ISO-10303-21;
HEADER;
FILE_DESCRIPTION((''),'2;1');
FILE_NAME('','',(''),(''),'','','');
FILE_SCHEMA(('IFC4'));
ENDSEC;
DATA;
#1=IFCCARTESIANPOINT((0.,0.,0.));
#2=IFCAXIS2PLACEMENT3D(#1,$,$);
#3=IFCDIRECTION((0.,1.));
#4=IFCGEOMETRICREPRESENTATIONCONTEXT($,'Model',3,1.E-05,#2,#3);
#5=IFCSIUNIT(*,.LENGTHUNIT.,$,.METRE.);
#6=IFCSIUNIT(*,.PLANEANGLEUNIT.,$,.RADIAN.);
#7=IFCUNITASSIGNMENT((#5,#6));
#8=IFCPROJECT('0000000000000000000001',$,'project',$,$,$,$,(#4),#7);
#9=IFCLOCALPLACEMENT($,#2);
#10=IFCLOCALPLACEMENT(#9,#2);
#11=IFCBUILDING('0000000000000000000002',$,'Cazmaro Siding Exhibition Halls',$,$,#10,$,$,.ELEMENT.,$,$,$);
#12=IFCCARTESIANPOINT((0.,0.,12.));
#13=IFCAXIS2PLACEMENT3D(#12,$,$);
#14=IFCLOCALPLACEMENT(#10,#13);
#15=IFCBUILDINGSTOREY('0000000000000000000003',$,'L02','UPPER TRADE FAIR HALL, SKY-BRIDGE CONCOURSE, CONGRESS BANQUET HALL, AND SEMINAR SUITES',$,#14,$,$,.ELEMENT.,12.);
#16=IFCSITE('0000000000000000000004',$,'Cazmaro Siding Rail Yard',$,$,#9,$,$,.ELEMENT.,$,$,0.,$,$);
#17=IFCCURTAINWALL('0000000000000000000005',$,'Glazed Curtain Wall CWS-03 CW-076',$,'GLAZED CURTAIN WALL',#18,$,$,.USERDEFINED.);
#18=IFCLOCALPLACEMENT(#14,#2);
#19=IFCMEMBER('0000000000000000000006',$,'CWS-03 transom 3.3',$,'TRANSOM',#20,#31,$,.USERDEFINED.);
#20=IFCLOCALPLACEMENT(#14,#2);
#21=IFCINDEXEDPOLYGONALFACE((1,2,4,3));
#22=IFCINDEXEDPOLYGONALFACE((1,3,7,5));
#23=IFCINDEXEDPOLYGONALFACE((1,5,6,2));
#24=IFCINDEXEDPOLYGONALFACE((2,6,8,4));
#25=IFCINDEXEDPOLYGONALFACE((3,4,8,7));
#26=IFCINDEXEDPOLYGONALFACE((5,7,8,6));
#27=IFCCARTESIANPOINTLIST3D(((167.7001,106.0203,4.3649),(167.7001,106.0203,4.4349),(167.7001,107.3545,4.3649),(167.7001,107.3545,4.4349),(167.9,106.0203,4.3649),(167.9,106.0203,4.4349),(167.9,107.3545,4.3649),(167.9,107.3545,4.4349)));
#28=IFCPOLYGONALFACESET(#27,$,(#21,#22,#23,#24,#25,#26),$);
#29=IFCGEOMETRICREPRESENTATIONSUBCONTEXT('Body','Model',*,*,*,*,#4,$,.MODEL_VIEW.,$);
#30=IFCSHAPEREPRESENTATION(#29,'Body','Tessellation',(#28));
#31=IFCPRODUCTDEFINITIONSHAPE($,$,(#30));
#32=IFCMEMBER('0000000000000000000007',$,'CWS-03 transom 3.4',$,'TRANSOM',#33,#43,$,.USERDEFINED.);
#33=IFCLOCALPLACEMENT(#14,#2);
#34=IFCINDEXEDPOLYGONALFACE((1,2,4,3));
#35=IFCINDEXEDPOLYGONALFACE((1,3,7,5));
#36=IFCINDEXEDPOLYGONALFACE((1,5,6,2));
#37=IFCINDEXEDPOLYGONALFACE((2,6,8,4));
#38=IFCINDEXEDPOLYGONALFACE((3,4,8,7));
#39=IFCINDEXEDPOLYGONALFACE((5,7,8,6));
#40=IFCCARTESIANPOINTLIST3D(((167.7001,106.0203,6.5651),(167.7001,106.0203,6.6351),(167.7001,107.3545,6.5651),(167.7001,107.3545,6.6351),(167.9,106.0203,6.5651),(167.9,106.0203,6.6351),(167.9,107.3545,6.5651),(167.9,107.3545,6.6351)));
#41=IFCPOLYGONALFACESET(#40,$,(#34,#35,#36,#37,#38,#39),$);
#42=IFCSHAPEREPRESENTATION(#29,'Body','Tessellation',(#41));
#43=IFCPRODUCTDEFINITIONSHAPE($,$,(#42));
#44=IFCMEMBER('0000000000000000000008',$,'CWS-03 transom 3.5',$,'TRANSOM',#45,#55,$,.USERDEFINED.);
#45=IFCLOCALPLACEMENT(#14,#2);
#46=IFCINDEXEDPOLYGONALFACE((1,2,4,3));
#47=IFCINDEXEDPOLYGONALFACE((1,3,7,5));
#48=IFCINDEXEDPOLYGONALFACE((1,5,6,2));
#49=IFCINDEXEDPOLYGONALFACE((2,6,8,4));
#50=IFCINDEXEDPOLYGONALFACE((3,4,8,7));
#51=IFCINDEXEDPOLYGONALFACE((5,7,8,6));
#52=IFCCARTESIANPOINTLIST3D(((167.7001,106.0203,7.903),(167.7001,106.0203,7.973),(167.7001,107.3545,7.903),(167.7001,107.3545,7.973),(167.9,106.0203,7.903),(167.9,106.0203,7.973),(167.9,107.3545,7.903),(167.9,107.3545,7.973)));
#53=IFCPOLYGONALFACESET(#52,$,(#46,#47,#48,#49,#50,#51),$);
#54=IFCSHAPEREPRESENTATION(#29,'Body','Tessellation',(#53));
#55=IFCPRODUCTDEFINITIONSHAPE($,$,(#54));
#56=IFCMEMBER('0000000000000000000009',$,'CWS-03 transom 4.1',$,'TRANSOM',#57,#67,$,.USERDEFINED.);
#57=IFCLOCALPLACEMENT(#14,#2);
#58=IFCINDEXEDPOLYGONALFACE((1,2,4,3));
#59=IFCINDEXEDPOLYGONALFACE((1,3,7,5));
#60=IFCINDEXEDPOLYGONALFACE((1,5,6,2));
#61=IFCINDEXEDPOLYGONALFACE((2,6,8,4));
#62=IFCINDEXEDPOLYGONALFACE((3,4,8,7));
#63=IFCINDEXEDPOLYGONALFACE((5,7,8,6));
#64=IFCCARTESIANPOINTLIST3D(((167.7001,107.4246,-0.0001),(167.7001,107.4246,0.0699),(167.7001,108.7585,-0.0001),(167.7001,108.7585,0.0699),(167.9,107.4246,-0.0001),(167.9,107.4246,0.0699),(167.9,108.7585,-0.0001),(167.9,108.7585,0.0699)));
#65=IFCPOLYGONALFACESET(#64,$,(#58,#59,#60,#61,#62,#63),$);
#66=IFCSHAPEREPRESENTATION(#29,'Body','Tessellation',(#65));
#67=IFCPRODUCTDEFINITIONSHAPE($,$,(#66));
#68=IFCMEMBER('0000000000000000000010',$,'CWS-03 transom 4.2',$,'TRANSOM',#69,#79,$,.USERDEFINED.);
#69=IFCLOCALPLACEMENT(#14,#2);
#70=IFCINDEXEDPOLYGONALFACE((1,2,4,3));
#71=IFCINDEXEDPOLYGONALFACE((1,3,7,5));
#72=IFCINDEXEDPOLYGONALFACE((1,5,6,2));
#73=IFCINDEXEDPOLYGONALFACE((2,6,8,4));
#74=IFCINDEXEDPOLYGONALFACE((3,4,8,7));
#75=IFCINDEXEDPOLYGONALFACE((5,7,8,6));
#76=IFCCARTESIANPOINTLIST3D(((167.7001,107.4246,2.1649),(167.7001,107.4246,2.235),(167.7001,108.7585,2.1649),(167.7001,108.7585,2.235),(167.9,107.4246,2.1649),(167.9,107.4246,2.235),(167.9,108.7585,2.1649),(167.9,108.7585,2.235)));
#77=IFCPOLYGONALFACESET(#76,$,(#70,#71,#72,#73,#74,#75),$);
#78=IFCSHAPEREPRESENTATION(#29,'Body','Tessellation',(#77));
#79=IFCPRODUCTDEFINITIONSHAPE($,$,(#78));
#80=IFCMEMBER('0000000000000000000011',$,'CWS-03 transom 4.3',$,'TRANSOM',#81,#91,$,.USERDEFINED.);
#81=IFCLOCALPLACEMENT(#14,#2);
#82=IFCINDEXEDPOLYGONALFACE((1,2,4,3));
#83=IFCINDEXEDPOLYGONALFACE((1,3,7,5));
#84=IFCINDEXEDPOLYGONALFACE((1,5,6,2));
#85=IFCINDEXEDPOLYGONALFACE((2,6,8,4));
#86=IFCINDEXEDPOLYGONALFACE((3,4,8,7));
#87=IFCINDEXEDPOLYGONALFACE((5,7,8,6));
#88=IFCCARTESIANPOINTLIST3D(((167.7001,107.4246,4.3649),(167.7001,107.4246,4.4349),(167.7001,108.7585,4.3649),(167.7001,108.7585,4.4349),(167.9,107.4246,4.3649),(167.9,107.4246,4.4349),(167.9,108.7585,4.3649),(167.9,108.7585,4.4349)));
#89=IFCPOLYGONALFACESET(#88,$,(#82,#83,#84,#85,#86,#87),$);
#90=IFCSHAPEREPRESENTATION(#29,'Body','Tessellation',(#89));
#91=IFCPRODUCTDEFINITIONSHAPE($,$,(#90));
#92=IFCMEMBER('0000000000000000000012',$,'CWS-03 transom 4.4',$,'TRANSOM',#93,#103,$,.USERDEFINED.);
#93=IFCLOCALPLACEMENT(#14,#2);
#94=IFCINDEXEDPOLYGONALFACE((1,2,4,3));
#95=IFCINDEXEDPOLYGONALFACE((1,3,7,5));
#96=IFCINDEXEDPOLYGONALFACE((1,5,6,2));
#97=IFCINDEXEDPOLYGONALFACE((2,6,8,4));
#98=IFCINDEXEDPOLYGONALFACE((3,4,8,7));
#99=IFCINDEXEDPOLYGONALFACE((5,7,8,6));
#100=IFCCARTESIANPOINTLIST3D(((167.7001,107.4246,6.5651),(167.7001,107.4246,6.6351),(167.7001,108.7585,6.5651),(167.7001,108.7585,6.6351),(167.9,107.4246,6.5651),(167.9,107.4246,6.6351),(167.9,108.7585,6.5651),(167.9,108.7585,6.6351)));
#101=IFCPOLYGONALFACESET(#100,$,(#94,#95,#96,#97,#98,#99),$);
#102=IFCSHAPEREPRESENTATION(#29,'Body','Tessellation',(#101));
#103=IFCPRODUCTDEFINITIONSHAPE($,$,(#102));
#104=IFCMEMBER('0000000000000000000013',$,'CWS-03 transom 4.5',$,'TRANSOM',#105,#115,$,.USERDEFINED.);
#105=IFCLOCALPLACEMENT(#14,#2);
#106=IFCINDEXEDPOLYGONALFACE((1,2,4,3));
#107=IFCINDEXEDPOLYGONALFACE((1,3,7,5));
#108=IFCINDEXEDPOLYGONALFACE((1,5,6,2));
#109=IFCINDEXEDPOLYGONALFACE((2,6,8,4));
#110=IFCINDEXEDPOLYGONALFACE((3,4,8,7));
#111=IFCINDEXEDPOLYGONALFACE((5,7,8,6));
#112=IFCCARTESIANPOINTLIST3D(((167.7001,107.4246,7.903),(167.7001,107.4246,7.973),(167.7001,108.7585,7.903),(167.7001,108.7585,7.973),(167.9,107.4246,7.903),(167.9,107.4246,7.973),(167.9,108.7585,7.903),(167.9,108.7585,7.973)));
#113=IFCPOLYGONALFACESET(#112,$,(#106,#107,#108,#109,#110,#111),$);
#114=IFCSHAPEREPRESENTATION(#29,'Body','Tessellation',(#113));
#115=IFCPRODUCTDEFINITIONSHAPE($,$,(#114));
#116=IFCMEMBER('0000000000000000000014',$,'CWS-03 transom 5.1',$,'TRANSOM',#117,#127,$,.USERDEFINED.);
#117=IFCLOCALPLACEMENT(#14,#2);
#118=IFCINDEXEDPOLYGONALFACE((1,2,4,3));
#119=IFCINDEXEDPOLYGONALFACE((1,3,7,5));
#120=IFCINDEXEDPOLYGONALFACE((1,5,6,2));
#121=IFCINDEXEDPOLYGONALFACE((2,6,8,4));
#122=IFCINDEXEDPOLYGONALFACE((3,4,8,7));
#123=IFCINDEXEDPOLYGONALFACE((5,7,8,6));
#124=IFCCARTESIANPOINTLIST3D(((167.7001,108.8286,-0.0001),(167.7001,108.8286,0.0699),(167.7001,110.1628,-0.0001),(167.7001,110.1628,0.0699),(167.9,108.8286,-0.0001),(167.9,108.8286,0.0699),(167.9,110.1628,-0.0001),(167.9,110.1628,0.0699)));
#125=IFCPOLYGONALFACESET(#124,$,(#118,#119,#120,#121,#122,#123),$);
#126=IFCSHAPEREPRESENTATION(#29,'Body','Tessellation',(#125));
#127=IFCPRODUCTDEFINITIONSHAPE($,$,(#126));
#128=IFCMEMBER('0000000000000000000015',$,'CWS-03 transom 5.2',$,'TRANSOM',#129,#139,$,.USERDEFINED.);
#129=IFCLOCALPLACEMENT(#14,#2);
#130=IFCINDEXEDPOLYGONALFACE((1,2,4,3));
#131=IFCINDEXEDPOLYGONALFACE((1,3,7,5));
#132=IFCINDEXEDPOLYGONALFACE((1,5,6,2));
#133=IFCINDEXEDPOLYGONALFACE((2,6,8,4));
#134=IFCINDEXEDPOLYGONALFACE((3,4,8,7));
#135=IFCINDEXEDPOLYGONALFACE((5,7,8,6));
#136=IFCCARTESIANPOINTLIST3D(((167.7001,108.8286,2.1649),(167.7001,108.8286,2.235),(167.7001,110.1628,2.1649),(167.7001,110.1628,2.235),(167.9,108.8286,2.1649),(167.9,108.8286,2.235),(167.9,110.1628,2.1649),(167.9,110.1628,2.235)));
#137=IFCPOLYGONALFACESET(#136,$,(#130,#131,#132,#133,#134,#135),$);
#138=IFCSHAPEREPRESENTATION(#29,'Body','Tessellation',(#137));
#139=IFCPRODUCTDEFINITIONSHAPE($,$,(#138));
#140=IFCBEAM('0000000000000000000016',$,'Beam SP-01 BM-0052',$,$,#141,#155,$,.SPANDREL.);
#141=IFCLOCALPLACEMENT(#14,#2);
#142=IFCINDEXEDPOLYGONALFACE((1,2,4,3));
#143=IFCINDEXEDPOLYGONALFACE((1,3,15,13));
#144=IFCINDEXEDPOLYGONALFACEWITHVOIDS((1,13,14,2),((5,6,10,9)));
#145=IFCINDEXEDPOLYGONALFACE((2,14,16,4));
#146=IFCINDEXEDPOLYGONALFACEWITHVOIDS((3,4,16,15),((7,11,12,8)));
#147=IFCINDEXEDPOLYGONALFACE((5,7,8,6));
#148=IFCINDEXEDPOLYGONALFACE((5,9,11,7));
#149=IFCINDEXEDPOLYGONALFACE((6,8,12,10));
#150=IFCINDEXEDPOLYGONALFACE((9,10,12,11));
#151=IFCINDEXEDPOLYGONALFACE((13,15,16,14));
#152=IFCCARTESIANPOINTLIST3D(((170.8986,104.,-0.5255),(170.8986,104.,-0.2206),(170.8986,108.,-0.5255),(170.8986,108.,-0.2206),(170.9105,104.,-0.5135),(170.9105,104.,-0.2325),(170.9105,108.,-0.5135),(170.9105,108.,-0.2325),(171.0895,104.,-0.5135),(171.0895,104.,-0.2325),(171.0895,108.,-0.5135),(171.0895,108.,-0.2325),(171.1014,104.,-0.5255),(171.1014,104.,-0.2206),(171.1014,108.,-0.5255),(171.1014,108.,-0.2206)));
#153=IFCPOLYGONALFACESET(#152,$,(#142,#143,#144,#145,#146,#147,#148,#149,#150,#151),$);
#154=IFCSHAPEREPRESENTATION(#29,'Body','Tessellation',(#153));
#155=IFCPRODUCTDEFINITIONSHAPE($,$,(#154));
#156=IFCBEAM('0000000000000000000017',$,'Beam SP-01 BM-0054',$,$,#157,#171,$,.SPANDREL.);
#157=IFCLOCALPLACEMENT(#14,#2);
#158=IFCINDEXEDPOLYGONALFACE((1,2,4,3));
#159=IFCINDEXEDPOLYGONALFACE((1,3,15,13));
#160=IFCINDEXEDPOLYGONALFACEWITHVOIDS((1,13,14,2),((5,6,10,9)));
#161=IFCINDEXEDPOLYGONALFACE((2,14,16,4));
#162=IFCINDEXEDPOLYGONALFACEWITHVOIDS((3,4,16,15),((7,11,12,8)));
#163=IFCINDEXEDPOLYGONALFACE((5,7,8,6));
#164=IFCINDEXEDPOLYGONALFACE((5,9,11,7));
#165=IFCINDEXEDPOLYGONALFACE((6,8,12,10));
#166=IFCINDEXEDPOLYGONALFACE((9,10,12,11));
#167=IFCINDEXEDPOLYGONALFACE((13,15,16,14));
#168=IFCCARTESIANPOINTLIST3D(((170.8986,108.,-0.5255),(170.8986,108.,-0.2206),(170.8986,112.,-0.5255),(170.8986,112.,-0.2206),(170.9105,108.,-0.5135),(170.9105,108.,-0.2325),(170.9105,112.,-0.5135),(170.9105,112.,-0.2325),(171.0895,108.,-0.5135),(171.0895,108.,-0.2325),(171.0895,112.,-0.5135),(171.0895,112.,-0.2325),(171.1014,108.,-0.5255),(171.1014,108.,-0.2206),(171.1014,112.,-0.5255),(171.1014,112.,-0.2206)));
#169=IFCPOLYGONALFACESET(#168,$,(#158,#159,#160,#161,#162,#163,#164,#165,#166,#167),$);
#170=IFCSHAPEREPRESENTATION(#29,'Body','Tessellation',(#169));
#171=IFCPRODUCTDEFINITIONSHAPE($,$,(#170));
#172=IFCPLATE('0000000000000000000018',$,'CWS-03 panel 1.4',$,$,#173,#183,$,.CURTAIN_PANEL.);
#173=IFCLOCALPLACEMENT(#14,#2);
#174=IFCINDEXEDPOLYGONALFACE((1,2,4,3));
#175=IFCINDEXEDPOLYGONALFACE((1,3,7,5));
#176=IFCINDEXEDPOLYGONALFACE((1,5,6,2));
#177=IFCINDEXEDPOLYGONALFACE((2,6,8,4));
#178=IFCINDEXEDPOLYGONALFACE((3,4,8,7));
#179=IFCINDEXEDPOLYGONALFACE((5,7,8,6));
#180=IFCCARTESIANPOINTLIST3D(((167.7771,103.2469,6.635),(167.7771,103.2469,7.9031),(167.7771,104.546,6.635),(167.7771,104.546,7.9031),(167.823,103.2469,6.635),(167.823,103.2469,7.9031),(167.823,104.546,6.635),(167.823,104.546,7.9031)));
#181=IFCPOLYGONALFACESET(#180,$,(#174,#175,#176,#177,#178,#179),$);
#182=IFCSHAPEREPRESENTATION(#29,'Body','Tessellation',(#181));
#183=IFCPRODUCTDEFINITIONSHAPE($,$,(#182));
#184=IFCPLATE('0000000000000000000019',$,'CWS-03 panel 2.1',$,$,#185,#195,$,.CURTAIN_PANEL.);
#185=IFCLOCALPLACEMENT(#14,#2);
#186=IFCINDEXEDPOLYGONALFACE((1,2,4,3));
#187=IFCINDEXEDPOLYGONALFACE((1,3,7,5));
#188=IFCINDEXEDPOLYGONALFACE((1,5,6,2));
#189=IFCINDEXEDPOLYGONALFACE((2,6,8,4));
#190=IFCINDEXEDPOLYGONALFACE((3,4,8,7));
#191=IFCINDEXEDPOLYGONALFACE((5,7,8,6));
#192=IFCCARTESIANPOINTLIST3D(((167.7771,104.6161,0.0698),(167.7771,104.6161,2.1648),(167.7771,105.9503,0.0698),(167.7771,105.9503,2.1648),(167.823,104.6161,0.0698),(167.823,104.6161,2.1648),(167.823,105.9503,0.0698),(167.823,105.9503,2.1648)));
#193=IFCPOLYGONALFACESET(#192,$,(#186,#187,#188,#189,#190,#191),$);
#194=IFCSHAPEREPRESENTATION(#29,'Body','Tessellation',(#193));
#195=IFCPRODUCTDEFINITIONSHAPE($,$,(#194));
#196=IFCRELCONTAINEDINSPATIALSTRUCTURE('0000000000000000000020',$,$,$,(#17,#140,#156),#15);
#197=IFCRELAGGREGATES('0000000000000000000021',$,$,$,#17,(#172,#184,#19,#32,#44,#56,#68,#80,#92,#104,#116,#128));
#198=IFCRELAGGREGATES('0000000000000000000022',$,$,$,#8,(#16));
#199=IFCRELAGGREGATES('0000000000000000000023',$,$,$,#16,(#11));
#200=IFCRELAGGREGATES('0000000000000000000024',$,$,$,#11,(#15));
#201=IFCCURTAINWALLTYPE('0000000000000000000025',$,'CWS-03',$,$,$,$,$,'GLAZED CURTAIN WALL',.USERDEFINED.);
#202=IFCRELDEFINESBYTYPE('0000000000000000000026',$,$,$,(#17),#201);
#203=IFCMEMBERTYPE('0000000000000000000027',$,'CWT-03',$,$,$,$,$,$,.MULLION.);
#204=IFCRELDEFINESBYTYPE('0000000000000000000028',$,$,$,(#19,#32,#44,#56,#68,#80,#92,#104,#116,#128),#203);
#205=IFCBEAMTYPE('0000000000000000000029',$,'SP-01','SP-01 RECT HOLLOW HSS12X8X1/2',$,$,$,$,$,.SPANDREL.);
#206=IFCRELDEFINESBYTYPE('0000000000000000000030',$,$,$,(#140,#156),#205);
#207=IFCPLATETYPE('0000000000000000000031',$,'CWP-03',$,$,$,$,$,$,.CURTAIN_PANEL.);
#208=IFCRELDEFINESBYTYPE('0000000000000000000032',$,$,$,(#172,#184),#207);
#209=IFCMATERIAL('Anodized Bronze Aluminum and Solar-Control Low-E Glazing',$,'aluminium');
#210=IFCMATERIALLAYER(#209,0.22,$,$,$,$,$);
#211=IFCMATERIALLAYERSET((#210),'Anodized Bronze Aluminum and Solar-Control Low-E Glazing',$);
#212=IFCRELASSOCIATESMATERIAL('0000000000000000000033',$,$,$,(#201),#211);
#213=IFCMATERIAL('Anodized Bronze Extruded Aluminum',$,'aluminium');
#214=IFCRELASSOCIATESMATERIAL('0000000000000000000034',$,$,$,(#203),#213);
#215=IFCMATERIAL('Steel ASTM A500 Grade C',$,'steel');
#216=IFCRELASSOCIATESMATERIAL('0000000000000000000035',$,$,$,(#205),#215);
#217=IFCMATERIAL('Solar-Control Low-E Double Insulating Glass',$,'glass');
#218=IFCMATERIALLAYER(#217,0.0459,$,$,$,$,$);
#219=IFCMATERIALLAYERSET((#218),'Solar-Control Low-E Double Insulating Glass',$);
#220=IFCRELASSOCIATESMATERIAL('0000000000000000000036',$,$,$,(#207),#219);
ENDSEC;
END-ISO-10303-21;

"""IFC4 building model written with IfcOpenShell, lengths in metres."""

from ifc_helpers import new_model, si_unit, direction, frame, origin, origin_2d, place, context, subcontext, project, spatial, rectangle, hollow_rectangle, extrude, material, layer, layer_set, material_profile, profile_set, type_object, element, aggregate, save


model = new_model("IFC4")

# Units and contexts
model_context = context("Model", 3, precision=1e-05, world=origin(), true_north=direction((0.0, 1.0)))
body_context = subcontext(model_context, "Body", "Model", "MODEL_VIEW")
ifc_project = project(units=[si_unit("LENGTHUNIT", "METRE"), si_unit("PLANEANGLEUNIT", "RADIAN")], contexts=[model_context])

# Site, building, storey
site_placement = place(None, origin())
site = spatial("IfcSite", under=ifc_project, at=site_placement, Name="Cazmaro Siding Rail Yard", CompositionType="ELEMENT", RefElevation=0.0)
building_placement = place(site_placement, origin())
building = spatial("IfcBuilding", under=site, at=building_placement, Name="Cazmaro Siding Exhibition Halls", CompositionType="ELEMENT")
storey_placement = place(building_placement, frame((0.0, 0.0, 12.0)))
storey = spatial("IfcBuildingStorey", under=building, at=storey_placement, Name="L02", Description="UPPER TRADE FAIR HALL, SKY-BRIDGE CONCOURSE, CONGRESS BANQUET HALL, AND SEMINAR SUITES", CompositionType="ELEMENT", Elevation=12.0)

# Curtain wall, members
ifc_material_1 = material(Name="Anodized Bronze Aluminum and Solar-Control Low-E Glazing", Category="aluminium")
ifc_layer_1 = layer(ifc_material_1, 0.22)
ifc_layer_set_1 = layer_set([ifc_layer_1], Name="Anodized Bronze Aluminum and Solar-Control Low-E Glazing")
curtain_wall_type = type_object("IfcCurtainWallType", Name="CWS-03", ElementType="GLAZED CURTAIN WALL", PredefinedType="USERDEFINED", material=ifc_layer_set_1)
curtain_wall_placement = place(storey_placement, origin())
curtain_wall = element("IfcCurtainWall", 1, at=curtain_wall_placement, inside=storey, type_object=curtain_wall_type, Name="Glazed Curtain Wall CWS-03 CW-076", ObjectType="GLAZED CURTAIN WALL", PredefinedType="USERDEFINED")
ifc_material_2 = material(Name="Anodized Bronze Extruded Aluminum", Category="aluminium")
ifc_material_profile_1 = material_profile(ifc_material_2, rectangle(XDim=0.2, YDim=0.0701, at=origin_2d()), Name="CWT-03")
ifc_profile_set_1 = profile_set([ifc_material_profile_1], Name="Anodized Bronze Extruded Aluminum")
member_type_1 = type_object("IfcMemberType", Name="CWT-03", PredefinedType="MULLION", material=ifc_profile_set_1)
member_1_placement = place(storey_placement, frame((167.8, 106.0203, 4.3999), z_axis=(0.0, 1.0, 0.0), x_axis=(-1.0, 0.0, 0.0)))
member_1 = element("IfcMember", 2, at=member_1_placement, type_object=member_type_1, Name="CWS-03 transom 3.3", ObjectType="TRANSOM", PredefinedType="USERDEFINED", context=body_context, shape_type="SweptSolid", body=[
    extrude(rectangle(XDim=0.2, YDim=0.0701, at=origin_2d()), origin(), (0.0, 0.0, 1.0), 1.3342),
])
member_2_placement = place(storey_placement, frame((167.8, 106.0203, 6.6001), z_axis=(0.0, 1.0, 0.0), x_axis=(-1.0, 0.0, 0.0)))
member_2 = element("IfcMember", 3, at=member_2_placement, type_object=member_type_1, Name="CWS-03 transom 3.4", ObjectType="TRANSOM", PredefinedType="USERDEFINED", context=body_context, shape_type="SweptSolid", body=[
    extrude(rectangle(XDim=0.2, YDim=0.0701, at=origin_2d()), origin(), (0.0, 0.0, 1.0), 1.3342),
])
member_3_placement = place(storey_placement, frame((167.8, 106.0203, 7.938), z_axis=(0.0, 1.0, 0.0), x_axis=(-1.0, 0.0, 0.0)))
member_3 = element("IfcMember", 4, at=member_3_placement, type_object=member_type_1, Name="CWS-03 transom 3.5", ObjectType="TRANSOM", PredefinedType="USERDEFINED", context=body_context, shape_type="SweptSolid", body=[
    extrude(rectangle(XDim=0.2, YDim=0.0701, at=origin_2d()), origin(), (0.0, 0.0, 1.0), 1.3342),
])
member_4_placement = place(storey_placement, frame((167.8, 107.4246, 0.0349), z_axis=(0.0, 1.0, 0.0), x_axis=(-1.0, 0.0, 0.0)))
member_4 = element("IfcMember", 5, at=member_4_placement, type_object=member_type_1, Name="CWS-03 transom 4.1", ObjectType="TRANSOM", PredefinedType="USERDEFINED", context=body_context, shape_type="SweptSolid", body=[
    extrude(rectangle(XDim=0.2, YDim=0.0701, at=origin_2d()), origin(), (0.0, 0.0, 1.0), 1.334),
])
member_5_placement = place(storey_placement, frame((167.8, 107.4246, 2.2), z_axis=(0.0, 1.0, 0.0), x_axis=(-1.0, 0.0, 0.0)))
member_5 = element("IfcMember", 6, at=member_5_placement, type_object=member_type_1, Name="CWS-03 transom 4.2", ObjectType="TRANSOM", PredefinedType="USERDEFINED", context=body_context, shape_type="SweptSolid", body=[
    extrude(rectangle(XDim=0.2, YDim=0.0701, at=origin_2d()), origin(), (0.0, 0.0, 1.0), 1.334),
])
member_6_placement = place(storey_placement, frame((167.8, 107.4246, 4.3999), z_axis=(0.0, 1.0, 0.0), x_axis=(-1.0, 0.0, 0.0)))
member_6 = element("IfcMember", 7, at=member_6_placement, type_object=member_type_1, Name="CWS-03 transom 4.3", ObjectType="TRANSOM", PredefinedType="USERDEFINED", context=body_context, shape_type="SweptSolid", body=[
    extrude(rectangle(XDim=0.2, YDim=0.0701, at=origin_2d()), origin(), (0.0, 0.0, 1.0), 1.334),
])
member_7_placement = place(storey_placement, frame((167.8, 107.4246, 6.6001), z_axis=(0.0, 1.0, 0.0), x_axis=(-1.0, 0.0, 0.0)))
member_7 = element("IfcMember", 8, at=member_7_placement, type_object=member_type_1, Name="CWS-03 transom 4.4", ObjectType="TRANSOM", PredefinedType="USERDEFINED", context=body_context, shape_type="SweptSolid", body=[
    extrude(rectangle(XDim=0.2, YDim=0.0701, at=origin_2d()), origin(), (0.0, 0.0, 1.0), 1.334),
])
member_8_placement = place(storey_placement, frame((167.8, 107.4246, 7.938), z_axis=(0.0, 1.0, 0.0), x_axis=(-1.0, 0.0, 0.0)))
member_8 = element("IfcMember", 9, at=member_8_placement, type_object=member_type_1, Name="CWS-03 transom 4.5", ObjectType="TRANSOM", PredefinedType="USERDEFINED", context=body_context, shape_type="SweptSolid", body=[
    extrude(rectangle(XDim=0.2, YDim=0.0701, at=origin_2d()), origin(), (0.0, 0.0, 1.0), 1.334),
])
member_9_placement = place(storey_placement, frame((167.8, 108.8286, 0.0349), z_axis=(0.0, 1.0, 0.0), x_axis=(-1.0, 0.0, 0.0)))
member_9 = element("IfcMember", 10, at=member_9_placement, type_object=member_type_1, Name="CWS-03 transom 5.1", ObjectType="TRANSOM", PredefinedType="USERDEFINED", context=body_context, shape_type="SweptSolid", body=[
    extrude(rectangle(XDim=0.2, YDim=0.0701, at=origin_2d()), origin(), (0.0, 0.0, 1.0), 1.3342),
])
member_10_placement = place(storey_placement, frame((167.8, 108.8286, 2.2), z_axis=(0.0, 1.0, 0.0), x_axis=(-1.0, 0.0, 0.0)))
member_10 = element("IfcMember", 11, at=member_10_placement, type_object=member_type_1, Name="CWS-03 transom 5.2", ObjectType="TRANSOM", PredefinedType="USERDEFINED", context=body_context, shape_type="SweptSolid", body=[
    extrude(rectangle(XDim=0.2, YDim=0.0701, at=origin_2d()), origin(), (0.0, 0.0, 1.0), 1.3342),
])

# Beams
ifc_material_3 = material(Name="Steel ASTM A500 Grade C", Category="steel")
ifc_material_profile_2 = material_profile(ifc_material_3, hollow_rectangle(XDim=0.2029, YDim=0.3049, WallThickness=0.012, at=origin_2d()), Name="HSS12X8X1/2")
ifc_profile_set_2 = profile_set([ifc_material_profile_2], Name="Steel ASTM A500 Grade C")
beam_type = type_object("IfcBeamType", Name="SP-01", Description="SP-01 RECT HOLLOW HSS12X8X1/2", PredefinedType="SPANDREL", material=ifc_profile_set_2)
for number, where, z_axis, x_axis, name in (
    (12, (171.0, 104.0, -0.373), (0.0, 1.0, 0.0), (-1.0, 0.0, 0.0), "Beam SP-01 BM-0052"),
    (13, (171.0, 108.0, -0.373), (0.0, 1.0, 0.0), (-1.0, 0.0, 0.0), "Beam SP-01 BM-0054"),
):
    element("IfcBeam", number, at=place(storey_placement, frame(where, z_axis=z_axis, x_axis=x_axis)), inside=storey, type_object=beam_type, Name=name, PredefinedType="SPANDREL", context=body_context, shape_type="SweptSolid", body=[
        extrude(hollow_rectangle(XDim=0.2029, YDim=0.3049, WallThickness=0.012, at=origin_2d()), origin(), (0.0, 0.0, 1.0), 4.0),
    ])

# Plates
ifc_material_4 = material(Name="Solar-Control Low-E Double Insulating Glass", Category="glass")
ifc_layer_2 = layer(ifc_material_4, 0.0459)
ifc_layer_set_2 = layer_set([ifc_layer_2], Name="Solar-Control Low-E Double Insulating Glass")
plate_type = type_object("IfcPlateType", Name="CWP-03", PredefinedType="CURTAIN_PANEL", material=ifc_layer_set_2)
plate_1_placement = place(storey_placement, frame((167.8, 103.8965, 6.635), z_axis=(0.0, 0.0, 1.0), x_axis=(0.0, 1.0, 0.0)))
plate_1 = element("IfcPlate", 14, at=plate_1_placement, type_object=plate_type, Name="CWS-03 panel 1.4", PredefinedType="CURTAIN_PANEL", context=body_context, shape_type="SweptSolid", body=[
    extrude(rectangle(XDim=1.2991, YDim=0.0459, at=origin_2d()), origin(), (0.0, 0.0, 1.0), 1.2681),
])
plate_2_placement = place(storey_placement, frame((167.8, 105.2832, 0.0698), z_axis=(0.0, 0.0, 1.0), x_axis=(0.0, 1.0, 0.0)))
plate_2 = element("IfcPlate", 15, at=plate_2_placement, type_object=plate_type, Name="CWS-03 panel 2.1", PredefinedType="CURTAIN_PANEL", context=body_context, shape_type="SweptSolid", body=[
    extrude(rectangle(XDim=1.3342, YDim=0.0459, at=origin_2d()), origin(), (0.0, 0.0, 1.0), 2.095),
])
aggregate(curtain_wall, [plate_1, plate_2, member_1, member_2, member_3, member_4, member_5, member_6, member_7, member_8, member_9, member_10])

save(model, "model.ifc")
